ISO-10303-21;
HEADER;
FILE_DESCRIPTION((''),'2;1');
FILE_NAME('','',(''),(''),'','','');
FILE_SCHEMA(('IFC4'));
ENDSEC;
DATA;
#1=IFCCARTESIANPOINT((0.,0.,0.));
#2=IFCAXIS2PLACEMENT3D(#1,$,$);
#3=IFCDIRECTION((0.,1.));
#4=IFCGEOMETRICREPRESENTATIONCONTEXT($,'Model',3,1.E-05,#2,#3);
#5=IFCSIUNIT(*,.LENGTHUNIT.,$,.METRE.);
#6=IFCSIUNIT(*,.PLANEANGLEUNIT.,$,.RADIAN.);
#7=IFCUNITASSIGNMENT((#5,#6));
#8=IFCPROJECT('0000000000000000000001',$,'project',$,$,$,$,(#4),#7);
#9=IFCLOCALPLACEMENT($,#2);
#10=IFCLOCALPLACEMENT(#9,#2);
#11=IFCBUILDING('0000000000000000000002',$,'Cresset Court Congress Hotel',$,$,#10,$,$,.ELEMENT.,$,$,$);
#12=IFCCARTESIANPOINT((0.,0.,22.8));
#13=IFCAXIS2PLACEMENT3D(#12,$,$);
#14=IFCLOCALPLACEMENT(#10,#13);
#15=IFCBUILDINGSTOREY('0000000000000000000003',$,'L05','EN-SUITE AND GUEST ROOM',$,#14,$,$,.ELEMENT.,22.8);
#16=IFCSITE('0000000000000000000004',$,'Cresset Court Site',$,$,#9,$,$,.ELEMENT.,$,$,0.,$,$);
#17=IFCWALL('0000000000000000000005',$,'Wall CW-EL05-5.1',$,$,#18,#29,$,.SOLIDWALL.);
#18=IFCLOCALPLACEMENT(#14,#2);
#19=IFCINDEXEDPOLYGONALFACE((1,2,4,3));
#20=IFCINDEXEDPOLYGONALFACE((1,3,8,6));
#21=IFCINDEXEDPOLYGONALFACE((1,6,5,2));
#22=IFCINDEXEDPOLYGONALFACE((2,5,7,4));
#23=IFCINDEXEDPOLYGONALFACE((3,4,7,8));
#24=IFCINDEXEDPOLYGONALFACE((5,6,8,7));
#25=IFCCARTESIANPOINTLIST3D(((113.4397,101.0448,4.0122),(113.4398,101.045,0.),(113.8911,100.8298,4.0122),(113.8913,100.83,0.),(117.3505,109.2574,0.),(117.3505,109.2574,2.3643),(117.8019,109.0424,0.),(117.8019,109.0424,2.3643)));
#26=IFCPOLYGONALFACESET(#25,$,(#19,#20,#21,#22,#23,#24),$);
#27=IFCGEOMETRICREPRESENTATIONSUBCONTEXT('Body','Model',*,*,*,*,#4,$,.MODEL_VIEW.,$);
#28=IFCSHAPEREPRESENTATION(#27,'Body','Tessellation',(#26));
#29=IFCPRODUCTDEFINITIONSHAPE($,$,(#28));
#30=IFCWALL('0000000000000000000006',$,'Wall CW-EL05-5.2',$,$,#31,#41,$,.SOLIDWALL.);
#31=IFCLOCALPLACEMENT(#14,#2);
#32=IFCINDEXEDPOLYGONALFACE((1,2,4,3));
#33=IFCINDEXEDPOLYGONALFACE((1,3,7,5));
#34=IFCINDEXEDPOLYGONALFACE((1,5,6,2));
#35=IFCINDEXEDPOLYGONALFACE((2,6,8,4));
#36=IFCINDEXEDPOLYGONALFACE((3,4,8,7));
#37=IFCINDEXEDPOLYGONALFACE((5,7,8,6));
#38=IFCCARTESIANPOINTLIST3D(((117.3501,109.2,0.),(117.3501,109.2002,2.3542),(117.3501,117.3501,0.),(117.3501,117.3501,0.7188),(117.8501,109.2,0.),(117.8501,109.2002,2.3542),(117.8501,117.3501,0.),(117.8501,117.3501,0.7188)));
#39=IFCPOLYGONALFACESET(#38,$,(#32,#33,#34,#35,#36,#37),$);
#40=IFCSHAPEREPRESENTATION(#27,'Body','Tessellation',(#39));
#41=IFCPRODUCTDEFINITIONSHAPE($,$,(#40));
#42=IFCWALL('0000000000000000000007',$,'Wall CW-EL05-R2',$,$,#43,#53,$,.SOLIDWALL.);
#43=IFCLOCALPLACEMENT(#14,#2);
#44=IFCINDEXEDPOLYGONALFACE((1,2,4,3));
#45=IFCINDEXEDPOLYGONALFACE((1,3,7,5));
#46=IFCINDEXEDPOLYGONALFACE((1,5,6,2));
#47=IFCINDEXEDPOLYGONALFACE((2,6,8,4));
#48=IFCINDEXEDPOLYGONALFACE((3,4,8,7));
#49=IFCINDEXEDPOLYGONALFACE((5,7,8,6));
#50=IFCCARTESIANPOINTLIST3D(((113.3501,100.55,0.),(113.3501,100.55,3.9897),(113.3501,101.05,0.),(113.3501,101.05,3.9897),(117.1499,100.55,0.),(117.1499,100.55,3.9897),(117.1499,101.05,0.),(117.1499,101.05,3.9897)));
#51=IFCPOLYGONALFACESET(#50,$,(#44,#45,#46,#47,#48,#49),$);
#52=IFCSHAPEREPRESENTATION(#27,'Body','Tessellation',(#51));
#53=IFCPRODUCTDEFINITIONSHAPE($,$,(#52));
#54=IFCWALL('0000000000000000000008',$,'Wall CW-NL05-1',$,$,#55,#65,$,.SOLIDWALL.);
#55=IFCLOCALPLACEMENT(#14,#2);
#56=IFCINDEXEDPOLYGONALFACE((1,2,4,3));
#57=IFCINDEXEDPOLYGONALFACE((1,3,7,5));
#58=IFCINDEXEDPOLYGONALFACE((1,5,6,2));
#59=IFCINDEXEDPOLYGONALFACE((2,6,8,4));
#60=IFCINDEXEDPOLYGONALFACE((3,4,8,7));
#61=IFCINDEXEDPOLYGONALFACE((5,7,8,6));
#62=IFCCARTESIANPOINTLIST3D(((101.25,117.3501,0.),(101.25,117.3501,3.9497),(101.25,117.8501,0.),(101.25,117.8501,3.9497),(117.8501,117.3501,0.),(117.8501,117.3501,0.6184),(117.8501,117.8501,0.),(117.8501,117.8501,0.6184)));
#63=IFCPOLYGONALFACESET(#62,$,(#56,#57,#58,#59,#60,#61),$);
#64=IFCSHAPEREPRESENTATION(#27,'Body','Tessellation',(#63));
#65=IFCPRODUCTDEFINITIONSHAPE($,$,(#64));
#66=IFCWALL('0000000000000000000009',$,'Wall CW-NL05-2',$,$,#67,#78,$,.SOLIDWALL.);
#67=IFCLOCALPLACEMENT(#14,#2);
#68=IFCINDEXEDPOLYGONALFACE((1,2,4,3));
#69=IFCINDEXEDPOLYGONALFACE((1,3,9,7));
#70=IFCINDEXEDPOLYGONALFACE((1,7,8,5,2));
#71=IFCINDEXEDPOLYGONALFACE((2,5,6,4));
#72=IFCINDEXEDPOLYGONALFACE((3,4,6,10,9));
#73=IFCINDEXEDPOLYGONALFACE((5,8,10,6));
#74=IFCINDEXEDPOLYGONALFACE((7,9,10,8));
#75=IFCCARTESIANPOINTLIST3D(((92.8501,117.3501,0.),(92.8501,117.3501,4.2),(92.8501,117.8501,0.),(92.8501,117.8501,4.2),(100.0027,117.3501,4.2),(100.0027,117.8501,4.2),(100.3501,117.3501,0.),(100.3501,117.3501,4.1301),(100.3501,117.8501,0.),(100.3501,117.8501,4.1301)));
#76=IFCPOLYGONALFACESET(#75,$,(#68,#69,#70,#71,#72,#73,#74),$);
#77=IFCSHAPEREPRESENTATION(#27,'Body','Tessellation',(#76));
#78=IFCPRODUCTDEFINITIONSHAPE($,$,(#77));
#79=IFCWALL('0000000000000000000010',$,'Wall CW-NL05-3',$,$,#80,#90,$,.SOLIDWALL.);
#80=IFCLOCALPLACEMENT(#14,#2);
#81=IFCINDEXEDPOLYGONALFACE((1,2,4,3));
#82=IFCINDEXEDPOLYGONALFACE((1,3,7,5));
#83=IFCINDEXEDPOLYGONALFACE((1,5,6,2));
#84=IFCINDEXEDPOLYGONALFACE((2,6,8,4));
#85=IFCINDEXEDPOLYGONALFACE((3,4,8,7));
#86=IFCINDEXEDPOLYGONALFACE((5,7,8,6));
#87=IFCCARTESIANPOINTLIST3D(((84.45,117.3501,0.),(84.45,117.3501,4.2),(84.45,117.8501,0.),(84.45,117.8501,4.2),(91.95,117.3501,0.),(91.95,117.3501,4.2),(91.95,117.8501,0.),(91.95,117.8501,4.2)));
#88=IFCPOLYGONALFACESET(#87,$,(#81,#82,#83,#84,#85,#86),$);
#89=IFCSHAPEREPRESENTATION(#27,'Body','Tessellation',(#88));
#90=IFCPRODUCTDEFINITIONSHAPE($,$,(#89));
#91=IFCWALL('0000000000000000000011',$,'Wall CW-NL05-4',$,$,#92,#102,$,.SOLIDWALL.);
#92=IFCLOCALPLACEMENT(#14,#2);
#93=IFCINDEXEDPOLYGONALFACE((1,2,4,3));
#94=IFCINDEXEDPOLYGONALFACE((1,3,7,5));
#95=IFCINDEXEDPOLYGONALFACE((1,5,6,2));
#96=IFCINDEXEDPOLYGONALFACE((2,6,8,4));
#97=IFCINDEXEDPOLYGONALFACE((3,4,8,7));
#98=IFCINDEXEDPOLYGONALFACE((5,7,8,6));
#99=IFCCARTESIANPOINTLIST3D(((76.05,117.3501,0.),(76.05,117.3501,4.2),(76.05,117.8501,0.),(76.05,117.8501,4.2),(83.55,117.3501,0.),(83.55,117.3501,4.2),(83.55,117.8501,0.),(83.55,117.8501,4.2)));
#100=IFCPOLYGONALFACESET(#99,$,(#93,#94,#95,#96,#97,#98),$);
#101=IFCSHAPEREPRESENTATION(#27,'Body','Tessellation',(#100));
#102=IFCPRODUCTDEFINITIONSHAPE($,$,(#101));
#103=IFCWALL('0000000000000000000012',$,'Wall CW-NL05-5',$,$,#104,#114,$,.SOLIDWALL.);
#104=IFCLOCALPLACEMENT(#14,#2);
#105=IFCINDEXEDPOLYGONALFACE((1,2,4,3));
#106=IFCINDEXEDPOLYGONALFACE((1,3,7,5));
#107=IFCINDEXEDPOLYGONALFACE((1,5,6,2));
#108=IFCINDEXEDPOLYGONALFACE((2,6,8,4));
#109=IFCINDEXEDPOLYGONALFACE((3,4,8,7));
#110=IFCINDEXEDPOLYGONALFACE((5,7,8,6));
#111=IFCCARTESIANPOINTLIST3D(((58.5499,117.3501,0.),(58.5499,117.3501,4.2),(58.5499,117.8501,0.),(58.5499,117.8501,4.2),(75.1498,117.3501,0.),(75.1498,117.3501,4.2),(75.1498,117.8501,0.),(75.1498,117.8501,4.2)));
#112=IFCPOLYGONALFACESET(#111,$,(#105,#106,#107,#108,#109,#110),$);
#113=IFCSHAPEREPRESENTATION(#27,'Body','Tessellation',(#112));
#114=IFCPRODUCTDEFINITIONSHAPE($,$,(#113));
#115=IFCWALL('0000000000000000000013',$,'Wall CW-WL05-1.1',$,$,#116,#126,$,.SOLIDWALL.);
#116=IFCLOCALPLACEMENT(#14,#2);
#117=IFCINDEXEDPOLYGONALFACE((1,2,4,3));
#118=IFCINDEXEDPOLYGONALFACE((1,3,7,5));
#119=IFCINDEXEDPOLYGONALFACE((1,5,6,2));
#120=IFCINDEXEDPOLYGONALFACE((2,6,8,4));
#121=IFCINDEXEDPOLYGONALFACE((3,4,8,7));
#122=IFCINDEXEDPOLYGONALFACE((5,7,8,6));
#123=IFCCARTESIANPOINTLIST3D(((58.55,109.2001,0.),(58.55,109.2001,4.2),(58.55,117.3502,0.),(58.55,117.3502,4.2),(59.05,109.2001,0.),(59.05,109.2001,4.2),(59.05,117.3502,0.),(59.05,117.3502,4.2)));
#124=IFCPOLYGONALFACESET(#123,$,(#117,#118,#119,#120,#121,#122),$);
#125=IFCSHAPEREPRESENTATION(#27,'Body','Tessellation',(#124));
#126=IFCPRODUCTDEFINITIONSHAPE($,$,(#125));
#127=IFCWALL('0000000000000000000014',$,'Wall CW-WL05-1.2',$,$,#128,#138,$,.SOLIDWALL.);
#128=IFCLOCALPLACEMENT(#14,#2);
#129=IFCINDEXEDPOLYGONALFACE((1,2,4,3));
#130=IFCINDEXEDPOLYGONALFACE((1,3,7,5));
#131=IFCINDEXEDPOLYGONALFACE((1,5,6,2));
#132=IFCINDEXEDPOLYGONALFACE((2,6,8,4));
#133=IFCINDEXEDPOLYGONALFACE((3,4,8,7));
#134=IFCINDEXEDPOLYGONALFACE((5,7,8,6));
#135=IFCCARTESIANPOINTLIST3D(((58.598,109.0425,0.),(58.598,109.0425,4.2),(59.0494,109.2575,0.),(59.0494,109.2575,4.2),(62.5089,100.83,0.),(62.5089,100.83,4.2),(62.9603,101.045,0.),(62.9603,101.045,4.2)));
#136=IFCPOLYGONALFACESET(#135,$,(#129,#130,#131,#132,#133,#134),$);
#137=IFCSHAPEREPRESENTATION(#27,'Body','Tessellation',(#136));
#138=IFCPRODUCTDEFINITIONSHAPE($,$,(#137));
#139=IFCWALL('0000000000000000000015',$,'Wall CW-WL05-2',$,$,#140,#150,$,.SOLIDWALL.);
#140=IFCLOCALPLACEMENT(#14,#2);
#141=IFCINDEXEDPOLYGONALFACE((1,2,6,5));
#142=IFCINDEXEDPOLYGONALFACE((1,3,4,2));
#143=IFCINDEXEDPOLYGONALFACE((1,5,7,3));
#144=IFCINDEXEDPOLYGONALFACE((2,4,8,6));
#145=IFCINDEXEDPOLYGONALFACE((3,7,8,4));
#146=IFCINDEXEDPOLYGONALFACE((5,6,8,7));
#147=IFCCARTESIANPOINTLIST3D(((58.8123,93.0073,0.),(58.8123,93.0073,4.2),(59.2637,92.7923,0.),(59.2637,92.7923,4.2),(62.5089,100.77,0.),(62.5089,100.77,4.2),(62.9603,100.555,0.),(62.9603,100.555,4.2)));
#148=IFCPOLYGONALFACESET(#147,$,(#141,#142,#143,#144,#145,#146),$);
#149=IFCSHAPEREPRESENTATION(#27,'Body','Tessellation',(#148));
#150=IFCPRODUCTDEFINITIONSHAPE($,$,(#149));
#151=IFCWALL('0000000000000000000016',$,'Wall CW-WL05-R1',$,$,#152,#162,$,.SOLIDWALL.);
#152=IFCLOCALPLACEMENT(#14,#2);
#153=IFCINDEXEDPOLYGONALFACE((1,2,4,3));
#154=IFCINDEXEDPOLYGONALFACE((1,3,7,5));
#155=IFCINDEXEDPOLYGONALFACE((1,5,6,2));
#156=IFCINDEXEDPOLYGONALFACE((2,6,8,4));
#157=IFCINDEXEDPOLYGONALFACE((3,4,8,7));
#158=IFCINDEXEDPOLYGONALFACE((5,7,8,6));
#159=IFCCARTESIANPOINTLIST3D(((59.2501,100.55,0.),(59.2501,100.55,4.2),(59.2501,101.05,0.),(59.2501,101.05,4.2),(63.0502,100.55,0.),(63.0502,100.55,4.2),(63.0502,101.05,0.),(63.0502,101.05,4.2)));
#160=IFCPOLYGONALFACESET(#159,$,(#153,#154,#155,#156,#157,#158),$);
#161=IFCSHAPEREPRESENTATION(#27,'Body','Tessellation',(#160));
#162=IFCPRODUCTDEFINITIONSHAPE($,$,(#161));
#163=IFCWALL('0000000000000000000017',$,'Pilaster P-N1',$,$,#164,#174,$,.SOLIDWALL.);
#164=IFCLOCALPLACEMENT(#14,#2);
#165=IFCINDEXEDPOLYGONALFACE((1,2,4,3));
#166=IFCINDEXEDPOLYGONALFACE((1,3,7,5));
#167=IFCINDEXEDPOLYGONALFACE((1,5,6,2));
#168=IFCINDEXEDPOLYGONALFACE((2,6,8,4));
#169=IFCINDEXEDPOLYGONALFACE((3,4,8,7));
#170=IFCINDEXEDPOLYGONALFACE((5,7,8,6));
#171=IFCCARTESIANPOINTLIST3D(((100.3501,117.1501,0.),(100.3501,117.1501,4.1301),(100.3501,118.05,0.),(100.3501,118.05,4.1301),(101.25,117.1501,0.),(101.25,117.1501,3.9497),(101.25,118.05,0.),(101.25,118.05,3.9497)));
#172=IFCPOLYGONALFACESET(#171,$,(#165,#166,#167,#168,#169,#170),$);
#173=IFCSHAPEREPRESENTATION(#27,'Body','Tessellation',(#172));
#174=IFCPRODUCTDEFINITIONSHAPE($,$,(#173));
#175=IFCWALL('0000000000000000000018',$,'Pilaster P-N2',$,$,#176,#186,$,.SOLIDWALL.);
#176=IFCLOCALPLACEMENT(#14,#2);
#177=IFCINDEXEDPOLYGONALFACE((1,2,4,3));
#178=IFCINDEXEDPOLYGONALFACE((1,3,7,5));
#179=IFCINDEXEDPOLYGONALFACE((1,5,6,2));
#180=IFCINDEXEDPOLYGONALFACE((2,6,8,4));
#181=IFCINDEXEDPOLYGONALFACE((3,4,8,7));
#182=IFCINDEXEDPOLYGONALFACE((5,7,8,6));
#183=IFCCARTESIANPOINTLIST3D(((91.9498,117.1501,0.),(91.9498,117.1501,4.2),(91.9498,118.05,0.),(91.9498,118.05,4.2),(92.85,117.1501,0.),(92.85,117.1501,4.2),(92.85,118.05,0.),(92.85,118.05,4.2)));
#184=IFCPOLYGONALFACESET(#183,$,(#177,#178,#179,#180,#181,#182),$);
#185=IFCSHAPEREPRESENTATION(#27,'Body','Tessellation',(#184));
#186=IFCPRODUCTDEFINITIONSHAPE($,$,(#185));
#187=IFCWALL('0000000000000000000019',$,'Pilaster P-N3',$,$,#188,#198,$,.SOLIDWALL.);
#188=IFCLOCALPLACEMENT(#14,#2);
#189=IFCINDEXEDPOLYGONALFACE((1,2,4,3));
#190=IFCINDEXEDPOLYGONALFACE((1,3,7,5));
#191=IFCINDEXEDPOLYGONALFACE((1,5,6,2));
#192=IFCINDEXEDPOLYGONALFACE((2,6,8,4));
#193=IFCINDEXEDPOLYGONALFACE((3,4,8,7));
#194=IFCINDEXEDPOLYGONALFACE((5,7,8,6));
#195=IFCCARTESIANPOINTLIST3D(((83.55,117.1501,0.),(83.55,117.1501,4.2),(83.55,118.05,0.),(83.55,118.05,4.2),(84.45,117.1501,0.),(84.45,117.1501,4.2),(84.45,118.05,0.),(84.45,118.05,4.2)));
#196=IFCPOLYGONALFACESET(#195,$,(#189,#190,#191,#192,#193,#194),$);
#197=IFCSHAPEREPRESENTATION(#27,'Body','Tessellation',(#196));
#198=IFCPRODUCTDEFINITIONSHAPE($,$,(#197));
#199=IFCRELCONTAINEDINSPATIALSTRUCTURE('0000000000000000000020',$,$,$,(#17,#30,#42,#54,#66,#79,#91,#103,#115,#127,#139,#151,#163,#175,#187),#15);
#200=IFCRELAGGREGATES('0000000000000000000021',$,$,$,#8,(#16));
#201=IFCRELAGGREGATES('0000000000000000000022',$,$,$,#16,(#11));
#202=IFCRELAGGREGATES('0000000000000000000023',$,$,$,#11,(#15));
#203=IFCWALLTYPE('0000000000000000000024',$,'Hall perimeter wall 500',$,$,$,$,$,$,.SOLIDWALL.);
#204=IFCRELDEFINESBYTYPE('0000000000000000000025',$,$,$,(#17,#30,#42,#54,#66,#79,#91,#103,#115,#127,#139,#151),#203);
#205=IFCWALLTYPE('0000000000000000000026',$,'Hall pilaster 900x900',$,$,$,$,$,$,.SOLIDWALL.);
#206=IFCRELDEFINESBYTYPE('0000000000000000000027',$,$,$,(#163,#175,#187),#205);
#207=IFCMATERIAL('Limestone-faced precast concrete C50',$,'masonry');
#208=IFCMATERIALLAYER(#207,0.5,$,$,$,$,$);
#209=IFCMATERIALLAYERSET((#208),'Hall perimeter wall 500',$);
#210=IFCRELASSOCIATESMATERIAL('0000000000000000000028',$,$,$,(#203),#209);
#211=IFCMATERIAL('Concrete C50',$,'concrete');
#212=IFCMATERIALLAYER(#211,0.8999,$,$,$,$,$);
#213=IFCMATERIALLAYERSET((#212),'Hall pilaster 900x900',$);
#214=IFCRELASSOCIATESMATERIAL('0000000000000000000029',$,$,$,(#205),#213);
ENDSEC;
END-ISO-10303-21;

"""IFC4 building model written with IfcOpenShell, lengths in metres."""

from ifc_helpers import new_model, si_unit, direction, frame, frame_2d, origin, place, context, subcontext, project, spatial, polyline, rectangle, outline, extrude, material, layer, layer_set, type_object, element, save


model = new_model("IFC4")

# Units and contexts
model_context = context("Model", 3, precision=1e-05, world=origin(), true_north=direction((0.0, 1.0)))
body_context = subcontext(model_context, "Body", "Model", "MODEL_VIEW")
ifc_project = project(units=[si_unit("LENGTHUNIT", "METRE"), si_unit("PLANEANGLEUNIT", "RADIAN")], contexts=[model_context])

# Site, building, storey
site_placement = place(None, origin())
site = spatial("IfcSite", under=ifc_project, at=site_placement, Name="Cresset Court Site", CompositionType="ELEMENT", RefElevation=0.0)
building_placement = place(site_placement, origin())
building = spatial("IfcBuilding", under=site, at=building_placement, Name="Cresset Court Congress Hotel", CompositionType="ELEMENT")
storey_placement = place(building_placement, frame((0.0, 0.0, 22.8)))
storey = spatial("IfcBuildingStorey", under=building, at=storey_placement, Name="L05", Description="EN-SUITE AND GUEST ROOM", CompositionType="ELEMENT", Elevation=22.8)

# Walls
ifc_material_1 = material(Name="Limestone-faced precast concrete C50", Category="masonry")
ifc_layer_1 = layer(ifc_material_1, 0.5)
ifc_layer_set_1 = layer_set([ifc_layer_1], Name="Hall perimeter wall 500")
wall_type_1 = type_object("IfcWallType", Name="Hall perimeter wall 500", PredefinedType="SOLIDWALL", material=ifc_layer_set_1)
wall_1_placement = place(storey_placement, frame((117.5762, 109.1499, 0.0), z_axis=(0.0, 0.0, 1.0), x_axis=(-0.429931, -0.902862, 0.0)))
element("IfcWall", 1, at=wall_1_placement, inside=storey, type_object=wall_type_1, Name="Wall CW-EL05-5.1", PredefinedType="SOLIDWALL", context=body_context, shape_type="SweptSolid", body=[
    extrude(outline(polyline([(0.0, 0.0), (9.0959, 0.0), (9.0962, 4.0122), (0.0, 2.3643), (0.0, 0.0)])), frame((0.0, 0.25, 0.0), z_axis=(0.0, -1.0, 0.0), x_axis=(1.0, 0.0, 0.0)), (0.0, 0.0, 1.0), 0.5),
])
wall_2_placement = place(storey_placement, frame((117.6001, 117.3501, 0.0), z_axis=(0.0, 0.0, 1.0), x_axis=(0.0, -1.0, 0.0)))
element("IfcWall", 2, at=wall_2_placement, inside=storey, type_object=wall_type_1, Name="Wall CW-EL05-5.2", PredefinedType="SOLIDWALL", context=body_context, shape_type="SweptSolid", body=[
    extrude(outline(polyline([(0.0, 0.0), (8.1501, 0.0), (8.1499, 2.3542), (0.0, 0.7188), (0.0, 0.0)])), frame((0.0, 0.25, 0.0), z_axis=(0.0, -1.0, 0.0), x_axis=(1.0, 0.0, 0.0)), (0.0, 0.0, 1.0), 0.5),
])
wall_3_placement = place(storey_placement, frame((113.3501, 100.8, 0.0), z_axis=(0.0, 0.0, 1.0), x_axis=(1.0, 0.0, 0.0)))
element("IfcWall", 3, at=wall_3_placement, inside=storey, type_object=wall_type_1, Name="Wall CW-EL05-R2", PredefinedType="SOLIDWALL", context=body_context, shape_type="SweptSolid", body=[
    extrude(rectangle(XDim=3.7998, YDim=0.5, at=frame_2d((1.8999, 0.0))), origin(), (0.0, 0.0, 1.0), 3.9897),
])
wall_4_placement = place(storey_placement, frame((101.25, 117.6001, 0.0), z_axis=(0.0, 0.0, 1.0), x_axis=(1.0, 0.0, 0.0)))
element("IfcWall", 4, at=wall_4_placement, inside=storey, type_object=wall_type_1, Name="Wall CW-NL05-1", PredefinedType="SOLIDWALL", context=body_context, shape_type="SweptSolid", body=[
    extrude(outline(polyline([(0.0, 0.0), (16.6001, 0.0), (16.6001, 0.6184), (0.0, 3.9497), (0.0, 0.0)])), frame((0.0, 0.25, 0.0), z_axis=(0.0, -1.0, 0.0), x_axis=(1.0, 0.0, 0.0)), (0.0, 0.0, 1.0), 0.5),
])
wall_5_placement = place(storey_placement, frame((92.8501, 117.6001, 0.0), z_axis=(0.0, 0.0, 1.0), x_axis=(1.0, 0.0, 0.0)))
element("IfcWall", 5, at=wall_5_placement, inside=storey, type_object=wall_type_1, Name="Wall CW-NL05-2", PredefinedType="SOLIDWALL", context=body_context, shape_type="SweptSolid", body=[
    extrude(outline(polyline([(0.0, 0.0), (7.5, 0.0), (7.5, 4.1301), (7.1526, 4.2), (0.0, 4.2), (0.0, 0.0)])), frame((0.0, 0.25, 0.0), z_axis=(0.0, -1.0, 0.0), x_axis=(1.0, 0.0, 0.0)), (0.0, 0.0, 1.0), 0.5),
])
for number, where, z_axis, x_axis, name in (
    (6, (84.45, 117.6001, 0.0), (0.0, 0.0, 1.0), (1.0, 0.0, 0.0), "Wall CW-NL05-3"),
    (7, (76.05, 117.6001, 0.0), (0.0, 0.0, 1.0), (1.0, 0.0, 0.0), "Wall CW-NL05-4"),
):
    element("IfcWall", number, at=place(storey_placement, frame(where, z_axis=z_axis, x_axis=x_axis)), inside=storey, type_object=wall_type_1, Name=name, PredefinedType="SOLIDWALL", context=body_context, shape_type="SweptSolid", body=[
        extrude(rectangle(XDim=7.5, YDim=0.5, at=frame_2d((3.75, 0.0))), origin(), (0.0, 0.0, 1.0), 4.2),
    ])
wall_6_placement = place(storey_placement, frame((58.55, 117.6001, 0.0), z_axis=(0.0, 0.0, 1.0), x_axis=(1.0, 0.0, 0.0)))
element("IfcWall", 8, at=wall_6_placement, inside=storey, type_object=wall_type_1, Name="Wall CW-NL05-5", PredefinedType="SOLIDWALL", context=body_context, shape_type="SweptSolid", body=[
    extrude(rectangle(XDim=16.5999, YDim=0.5, at=frame_2d((8.2998, 0.0))), origin(), (0.0, 0.0, 1.0), 4.2),
])
wall_7_placement = place(storey_placement, frame((58.8, 109.2, 0.0), z_axis=(0.0, 0.0, 1.0), x_axis=(0.0, 1.0, 0.0)))
element("IfcWall", 9, at=wall_7_placement, inside=storey, type_object=wall_type_1, Name="Wall CW-WL05-1.1", PredefinedType="SOLIDWALL", context=body_context, shape_type="SweptSolid", body=[
    extrude(rectangle(XDim=8.1501, YDim=0.5, at=frame_2d((4.0752, 0.0))), origin(), (0.0, 0.0, 1.0), 4.2),
])
wall_8_placement = place(storey_placement, frame((62.7346, 100.9375, 0.0), z_axis=(0.0, 0.0, 1.0), x_axis=(-0.429953, 0.902851, 0.0)))
element("IfcWall", 10, at=wall_8_placement, inside=storey, type_object=wall_type_1, Name="Wall CW-WL05-1.2", PredefinedType="SOLIDWALL", context=body_context, shape_type="SweptSolid", body=[
    extrude(rectangle(XDim=9.0962, YDim=0.5, at=frame_2d((4.5481, 0.0))), origin(), (0.0, 0.0, 1.0), 4.2),
])
wall_9_placement = place(storey_placement, frame((59.0381, 92.8999, 0.0), z_axis=(0.0, 0.0, 1.0), x_axis=(0.429935, 0.90286, 0.0)))
element("IfcWall", 11, at=wall_9_placement, inside=storey, type_object=wall_type_1, Name="Wall CW-WL05-2", PredefinedType="SOLIDWALL", context=body_context, shape_type="SweptSolid", body=[
    extrude(rectangle(XDim=8.5979, YDim=0.5, at=frame_2d((4.2988, 0.0))), origin(), (0.0, 0.0, 1.0), 4.2),
])
wall_10_placement = place(storey_placement, frame((63.05, 100.8, 0.0), z_axis=(0.0, 0.0, 1.0), x_axis=(-1.0, 0.0, 0.0)))
element("IfcWall", 12, at=wall_10_placement, inside=storey, type_object=wall_type_1, Name="Wall CW-WL05-R1", PredefinedType="SOLIDWALL", context=body_context, shape_type="SweptSolid", body=[
    extrude(rectangle(XDim=3.8, YDim=0.5, at=frame_2d((1.8999, 0.0))), origin(), (0.0, 0.0, 1.0), 4.2),
])
ifc_material_2 = material(Name="Concrete C50", Category="concrete")
ifc_layer_2 = layer(ifc_material_2, 0.8999)
ifc_layer_set_2 = layer_set([ifc_layer_2], Name="Hall pilaster 900x900")
wall_type_2 = type_object("IfcWallType", Name="Hall pilaster 900x900", PredefinedType="SOLIDWALL", material=ifc_layer_set_2)
wall_11_placement = place(storey_placement, frame((101.25, 117.6001, 0.0), z_axis=(0.0, 0.0, 1.0), x_axis=(-1.0, 0.0, 0.0)))
element("IfcWall", 13, at=wall_11_placement, inside=storey, type_object=wall_type_2, Name="Pilaster P-N1", PredefinedType="SOLIDWALL", context=body_context, shape_type="SweptSolid", body=[
    extrude(outline(polyline([(0.0, 0.0), (0.8999, 0.0), (0.8999, 4.1301), (0.0, 3.9497), (0.0, 0.0)])), frame((0.0, 0.45, 0.0), z_axis=(0.0, -1.0, 0.0), x_axis=(1.0, 0.0, 0.0)), (0.0, 0.0, 1.0), 0.8999),
])
wall_12_placement = place(storey_placement, frame((92.8501, 117.6001, 0.0), z_axis=(0.0, 0.0, 1.0), x_axis=(-1.0, 0.0, 0.0)))
element("IfcWall", 14, at=wall_12_placement, inside=storey, type_object=wall_type_2, Name="Pilaster P-N2", PredefinedType="SOLIDWALL", context=body_context, shape_type="SweptSolid", body=[
    extrude(rectangle(XDim=0.9001, YDim=0.8999, at=frame_2d((0.4502, 0.0))), origin(), (0.0, 0.0, 1.0), 4.2),
])
wall_13_placement = place(storey_placement, frame((84.45, 117.6001, 0.0), z_axis=(0.0, 0.0, 1.0), x_axis=(-1.0, 0.0, 0.0)))
element("IfcWall", 15, at=wall_13_placement, inside=storey, type_object=wall_type_2, Name="Pilaster P-N3", PredefinedType="SOLIDWALL", context=body_context, shape_type="SweptSolid", body=[
    extrude(rectangle(XDim=0.8999, YDim=0.8999, at=frame_2d((0.45, 0.0))), origin(), (0.0, 0.0, 1.0), 4.2),
])

save(model, "model.ifc")
